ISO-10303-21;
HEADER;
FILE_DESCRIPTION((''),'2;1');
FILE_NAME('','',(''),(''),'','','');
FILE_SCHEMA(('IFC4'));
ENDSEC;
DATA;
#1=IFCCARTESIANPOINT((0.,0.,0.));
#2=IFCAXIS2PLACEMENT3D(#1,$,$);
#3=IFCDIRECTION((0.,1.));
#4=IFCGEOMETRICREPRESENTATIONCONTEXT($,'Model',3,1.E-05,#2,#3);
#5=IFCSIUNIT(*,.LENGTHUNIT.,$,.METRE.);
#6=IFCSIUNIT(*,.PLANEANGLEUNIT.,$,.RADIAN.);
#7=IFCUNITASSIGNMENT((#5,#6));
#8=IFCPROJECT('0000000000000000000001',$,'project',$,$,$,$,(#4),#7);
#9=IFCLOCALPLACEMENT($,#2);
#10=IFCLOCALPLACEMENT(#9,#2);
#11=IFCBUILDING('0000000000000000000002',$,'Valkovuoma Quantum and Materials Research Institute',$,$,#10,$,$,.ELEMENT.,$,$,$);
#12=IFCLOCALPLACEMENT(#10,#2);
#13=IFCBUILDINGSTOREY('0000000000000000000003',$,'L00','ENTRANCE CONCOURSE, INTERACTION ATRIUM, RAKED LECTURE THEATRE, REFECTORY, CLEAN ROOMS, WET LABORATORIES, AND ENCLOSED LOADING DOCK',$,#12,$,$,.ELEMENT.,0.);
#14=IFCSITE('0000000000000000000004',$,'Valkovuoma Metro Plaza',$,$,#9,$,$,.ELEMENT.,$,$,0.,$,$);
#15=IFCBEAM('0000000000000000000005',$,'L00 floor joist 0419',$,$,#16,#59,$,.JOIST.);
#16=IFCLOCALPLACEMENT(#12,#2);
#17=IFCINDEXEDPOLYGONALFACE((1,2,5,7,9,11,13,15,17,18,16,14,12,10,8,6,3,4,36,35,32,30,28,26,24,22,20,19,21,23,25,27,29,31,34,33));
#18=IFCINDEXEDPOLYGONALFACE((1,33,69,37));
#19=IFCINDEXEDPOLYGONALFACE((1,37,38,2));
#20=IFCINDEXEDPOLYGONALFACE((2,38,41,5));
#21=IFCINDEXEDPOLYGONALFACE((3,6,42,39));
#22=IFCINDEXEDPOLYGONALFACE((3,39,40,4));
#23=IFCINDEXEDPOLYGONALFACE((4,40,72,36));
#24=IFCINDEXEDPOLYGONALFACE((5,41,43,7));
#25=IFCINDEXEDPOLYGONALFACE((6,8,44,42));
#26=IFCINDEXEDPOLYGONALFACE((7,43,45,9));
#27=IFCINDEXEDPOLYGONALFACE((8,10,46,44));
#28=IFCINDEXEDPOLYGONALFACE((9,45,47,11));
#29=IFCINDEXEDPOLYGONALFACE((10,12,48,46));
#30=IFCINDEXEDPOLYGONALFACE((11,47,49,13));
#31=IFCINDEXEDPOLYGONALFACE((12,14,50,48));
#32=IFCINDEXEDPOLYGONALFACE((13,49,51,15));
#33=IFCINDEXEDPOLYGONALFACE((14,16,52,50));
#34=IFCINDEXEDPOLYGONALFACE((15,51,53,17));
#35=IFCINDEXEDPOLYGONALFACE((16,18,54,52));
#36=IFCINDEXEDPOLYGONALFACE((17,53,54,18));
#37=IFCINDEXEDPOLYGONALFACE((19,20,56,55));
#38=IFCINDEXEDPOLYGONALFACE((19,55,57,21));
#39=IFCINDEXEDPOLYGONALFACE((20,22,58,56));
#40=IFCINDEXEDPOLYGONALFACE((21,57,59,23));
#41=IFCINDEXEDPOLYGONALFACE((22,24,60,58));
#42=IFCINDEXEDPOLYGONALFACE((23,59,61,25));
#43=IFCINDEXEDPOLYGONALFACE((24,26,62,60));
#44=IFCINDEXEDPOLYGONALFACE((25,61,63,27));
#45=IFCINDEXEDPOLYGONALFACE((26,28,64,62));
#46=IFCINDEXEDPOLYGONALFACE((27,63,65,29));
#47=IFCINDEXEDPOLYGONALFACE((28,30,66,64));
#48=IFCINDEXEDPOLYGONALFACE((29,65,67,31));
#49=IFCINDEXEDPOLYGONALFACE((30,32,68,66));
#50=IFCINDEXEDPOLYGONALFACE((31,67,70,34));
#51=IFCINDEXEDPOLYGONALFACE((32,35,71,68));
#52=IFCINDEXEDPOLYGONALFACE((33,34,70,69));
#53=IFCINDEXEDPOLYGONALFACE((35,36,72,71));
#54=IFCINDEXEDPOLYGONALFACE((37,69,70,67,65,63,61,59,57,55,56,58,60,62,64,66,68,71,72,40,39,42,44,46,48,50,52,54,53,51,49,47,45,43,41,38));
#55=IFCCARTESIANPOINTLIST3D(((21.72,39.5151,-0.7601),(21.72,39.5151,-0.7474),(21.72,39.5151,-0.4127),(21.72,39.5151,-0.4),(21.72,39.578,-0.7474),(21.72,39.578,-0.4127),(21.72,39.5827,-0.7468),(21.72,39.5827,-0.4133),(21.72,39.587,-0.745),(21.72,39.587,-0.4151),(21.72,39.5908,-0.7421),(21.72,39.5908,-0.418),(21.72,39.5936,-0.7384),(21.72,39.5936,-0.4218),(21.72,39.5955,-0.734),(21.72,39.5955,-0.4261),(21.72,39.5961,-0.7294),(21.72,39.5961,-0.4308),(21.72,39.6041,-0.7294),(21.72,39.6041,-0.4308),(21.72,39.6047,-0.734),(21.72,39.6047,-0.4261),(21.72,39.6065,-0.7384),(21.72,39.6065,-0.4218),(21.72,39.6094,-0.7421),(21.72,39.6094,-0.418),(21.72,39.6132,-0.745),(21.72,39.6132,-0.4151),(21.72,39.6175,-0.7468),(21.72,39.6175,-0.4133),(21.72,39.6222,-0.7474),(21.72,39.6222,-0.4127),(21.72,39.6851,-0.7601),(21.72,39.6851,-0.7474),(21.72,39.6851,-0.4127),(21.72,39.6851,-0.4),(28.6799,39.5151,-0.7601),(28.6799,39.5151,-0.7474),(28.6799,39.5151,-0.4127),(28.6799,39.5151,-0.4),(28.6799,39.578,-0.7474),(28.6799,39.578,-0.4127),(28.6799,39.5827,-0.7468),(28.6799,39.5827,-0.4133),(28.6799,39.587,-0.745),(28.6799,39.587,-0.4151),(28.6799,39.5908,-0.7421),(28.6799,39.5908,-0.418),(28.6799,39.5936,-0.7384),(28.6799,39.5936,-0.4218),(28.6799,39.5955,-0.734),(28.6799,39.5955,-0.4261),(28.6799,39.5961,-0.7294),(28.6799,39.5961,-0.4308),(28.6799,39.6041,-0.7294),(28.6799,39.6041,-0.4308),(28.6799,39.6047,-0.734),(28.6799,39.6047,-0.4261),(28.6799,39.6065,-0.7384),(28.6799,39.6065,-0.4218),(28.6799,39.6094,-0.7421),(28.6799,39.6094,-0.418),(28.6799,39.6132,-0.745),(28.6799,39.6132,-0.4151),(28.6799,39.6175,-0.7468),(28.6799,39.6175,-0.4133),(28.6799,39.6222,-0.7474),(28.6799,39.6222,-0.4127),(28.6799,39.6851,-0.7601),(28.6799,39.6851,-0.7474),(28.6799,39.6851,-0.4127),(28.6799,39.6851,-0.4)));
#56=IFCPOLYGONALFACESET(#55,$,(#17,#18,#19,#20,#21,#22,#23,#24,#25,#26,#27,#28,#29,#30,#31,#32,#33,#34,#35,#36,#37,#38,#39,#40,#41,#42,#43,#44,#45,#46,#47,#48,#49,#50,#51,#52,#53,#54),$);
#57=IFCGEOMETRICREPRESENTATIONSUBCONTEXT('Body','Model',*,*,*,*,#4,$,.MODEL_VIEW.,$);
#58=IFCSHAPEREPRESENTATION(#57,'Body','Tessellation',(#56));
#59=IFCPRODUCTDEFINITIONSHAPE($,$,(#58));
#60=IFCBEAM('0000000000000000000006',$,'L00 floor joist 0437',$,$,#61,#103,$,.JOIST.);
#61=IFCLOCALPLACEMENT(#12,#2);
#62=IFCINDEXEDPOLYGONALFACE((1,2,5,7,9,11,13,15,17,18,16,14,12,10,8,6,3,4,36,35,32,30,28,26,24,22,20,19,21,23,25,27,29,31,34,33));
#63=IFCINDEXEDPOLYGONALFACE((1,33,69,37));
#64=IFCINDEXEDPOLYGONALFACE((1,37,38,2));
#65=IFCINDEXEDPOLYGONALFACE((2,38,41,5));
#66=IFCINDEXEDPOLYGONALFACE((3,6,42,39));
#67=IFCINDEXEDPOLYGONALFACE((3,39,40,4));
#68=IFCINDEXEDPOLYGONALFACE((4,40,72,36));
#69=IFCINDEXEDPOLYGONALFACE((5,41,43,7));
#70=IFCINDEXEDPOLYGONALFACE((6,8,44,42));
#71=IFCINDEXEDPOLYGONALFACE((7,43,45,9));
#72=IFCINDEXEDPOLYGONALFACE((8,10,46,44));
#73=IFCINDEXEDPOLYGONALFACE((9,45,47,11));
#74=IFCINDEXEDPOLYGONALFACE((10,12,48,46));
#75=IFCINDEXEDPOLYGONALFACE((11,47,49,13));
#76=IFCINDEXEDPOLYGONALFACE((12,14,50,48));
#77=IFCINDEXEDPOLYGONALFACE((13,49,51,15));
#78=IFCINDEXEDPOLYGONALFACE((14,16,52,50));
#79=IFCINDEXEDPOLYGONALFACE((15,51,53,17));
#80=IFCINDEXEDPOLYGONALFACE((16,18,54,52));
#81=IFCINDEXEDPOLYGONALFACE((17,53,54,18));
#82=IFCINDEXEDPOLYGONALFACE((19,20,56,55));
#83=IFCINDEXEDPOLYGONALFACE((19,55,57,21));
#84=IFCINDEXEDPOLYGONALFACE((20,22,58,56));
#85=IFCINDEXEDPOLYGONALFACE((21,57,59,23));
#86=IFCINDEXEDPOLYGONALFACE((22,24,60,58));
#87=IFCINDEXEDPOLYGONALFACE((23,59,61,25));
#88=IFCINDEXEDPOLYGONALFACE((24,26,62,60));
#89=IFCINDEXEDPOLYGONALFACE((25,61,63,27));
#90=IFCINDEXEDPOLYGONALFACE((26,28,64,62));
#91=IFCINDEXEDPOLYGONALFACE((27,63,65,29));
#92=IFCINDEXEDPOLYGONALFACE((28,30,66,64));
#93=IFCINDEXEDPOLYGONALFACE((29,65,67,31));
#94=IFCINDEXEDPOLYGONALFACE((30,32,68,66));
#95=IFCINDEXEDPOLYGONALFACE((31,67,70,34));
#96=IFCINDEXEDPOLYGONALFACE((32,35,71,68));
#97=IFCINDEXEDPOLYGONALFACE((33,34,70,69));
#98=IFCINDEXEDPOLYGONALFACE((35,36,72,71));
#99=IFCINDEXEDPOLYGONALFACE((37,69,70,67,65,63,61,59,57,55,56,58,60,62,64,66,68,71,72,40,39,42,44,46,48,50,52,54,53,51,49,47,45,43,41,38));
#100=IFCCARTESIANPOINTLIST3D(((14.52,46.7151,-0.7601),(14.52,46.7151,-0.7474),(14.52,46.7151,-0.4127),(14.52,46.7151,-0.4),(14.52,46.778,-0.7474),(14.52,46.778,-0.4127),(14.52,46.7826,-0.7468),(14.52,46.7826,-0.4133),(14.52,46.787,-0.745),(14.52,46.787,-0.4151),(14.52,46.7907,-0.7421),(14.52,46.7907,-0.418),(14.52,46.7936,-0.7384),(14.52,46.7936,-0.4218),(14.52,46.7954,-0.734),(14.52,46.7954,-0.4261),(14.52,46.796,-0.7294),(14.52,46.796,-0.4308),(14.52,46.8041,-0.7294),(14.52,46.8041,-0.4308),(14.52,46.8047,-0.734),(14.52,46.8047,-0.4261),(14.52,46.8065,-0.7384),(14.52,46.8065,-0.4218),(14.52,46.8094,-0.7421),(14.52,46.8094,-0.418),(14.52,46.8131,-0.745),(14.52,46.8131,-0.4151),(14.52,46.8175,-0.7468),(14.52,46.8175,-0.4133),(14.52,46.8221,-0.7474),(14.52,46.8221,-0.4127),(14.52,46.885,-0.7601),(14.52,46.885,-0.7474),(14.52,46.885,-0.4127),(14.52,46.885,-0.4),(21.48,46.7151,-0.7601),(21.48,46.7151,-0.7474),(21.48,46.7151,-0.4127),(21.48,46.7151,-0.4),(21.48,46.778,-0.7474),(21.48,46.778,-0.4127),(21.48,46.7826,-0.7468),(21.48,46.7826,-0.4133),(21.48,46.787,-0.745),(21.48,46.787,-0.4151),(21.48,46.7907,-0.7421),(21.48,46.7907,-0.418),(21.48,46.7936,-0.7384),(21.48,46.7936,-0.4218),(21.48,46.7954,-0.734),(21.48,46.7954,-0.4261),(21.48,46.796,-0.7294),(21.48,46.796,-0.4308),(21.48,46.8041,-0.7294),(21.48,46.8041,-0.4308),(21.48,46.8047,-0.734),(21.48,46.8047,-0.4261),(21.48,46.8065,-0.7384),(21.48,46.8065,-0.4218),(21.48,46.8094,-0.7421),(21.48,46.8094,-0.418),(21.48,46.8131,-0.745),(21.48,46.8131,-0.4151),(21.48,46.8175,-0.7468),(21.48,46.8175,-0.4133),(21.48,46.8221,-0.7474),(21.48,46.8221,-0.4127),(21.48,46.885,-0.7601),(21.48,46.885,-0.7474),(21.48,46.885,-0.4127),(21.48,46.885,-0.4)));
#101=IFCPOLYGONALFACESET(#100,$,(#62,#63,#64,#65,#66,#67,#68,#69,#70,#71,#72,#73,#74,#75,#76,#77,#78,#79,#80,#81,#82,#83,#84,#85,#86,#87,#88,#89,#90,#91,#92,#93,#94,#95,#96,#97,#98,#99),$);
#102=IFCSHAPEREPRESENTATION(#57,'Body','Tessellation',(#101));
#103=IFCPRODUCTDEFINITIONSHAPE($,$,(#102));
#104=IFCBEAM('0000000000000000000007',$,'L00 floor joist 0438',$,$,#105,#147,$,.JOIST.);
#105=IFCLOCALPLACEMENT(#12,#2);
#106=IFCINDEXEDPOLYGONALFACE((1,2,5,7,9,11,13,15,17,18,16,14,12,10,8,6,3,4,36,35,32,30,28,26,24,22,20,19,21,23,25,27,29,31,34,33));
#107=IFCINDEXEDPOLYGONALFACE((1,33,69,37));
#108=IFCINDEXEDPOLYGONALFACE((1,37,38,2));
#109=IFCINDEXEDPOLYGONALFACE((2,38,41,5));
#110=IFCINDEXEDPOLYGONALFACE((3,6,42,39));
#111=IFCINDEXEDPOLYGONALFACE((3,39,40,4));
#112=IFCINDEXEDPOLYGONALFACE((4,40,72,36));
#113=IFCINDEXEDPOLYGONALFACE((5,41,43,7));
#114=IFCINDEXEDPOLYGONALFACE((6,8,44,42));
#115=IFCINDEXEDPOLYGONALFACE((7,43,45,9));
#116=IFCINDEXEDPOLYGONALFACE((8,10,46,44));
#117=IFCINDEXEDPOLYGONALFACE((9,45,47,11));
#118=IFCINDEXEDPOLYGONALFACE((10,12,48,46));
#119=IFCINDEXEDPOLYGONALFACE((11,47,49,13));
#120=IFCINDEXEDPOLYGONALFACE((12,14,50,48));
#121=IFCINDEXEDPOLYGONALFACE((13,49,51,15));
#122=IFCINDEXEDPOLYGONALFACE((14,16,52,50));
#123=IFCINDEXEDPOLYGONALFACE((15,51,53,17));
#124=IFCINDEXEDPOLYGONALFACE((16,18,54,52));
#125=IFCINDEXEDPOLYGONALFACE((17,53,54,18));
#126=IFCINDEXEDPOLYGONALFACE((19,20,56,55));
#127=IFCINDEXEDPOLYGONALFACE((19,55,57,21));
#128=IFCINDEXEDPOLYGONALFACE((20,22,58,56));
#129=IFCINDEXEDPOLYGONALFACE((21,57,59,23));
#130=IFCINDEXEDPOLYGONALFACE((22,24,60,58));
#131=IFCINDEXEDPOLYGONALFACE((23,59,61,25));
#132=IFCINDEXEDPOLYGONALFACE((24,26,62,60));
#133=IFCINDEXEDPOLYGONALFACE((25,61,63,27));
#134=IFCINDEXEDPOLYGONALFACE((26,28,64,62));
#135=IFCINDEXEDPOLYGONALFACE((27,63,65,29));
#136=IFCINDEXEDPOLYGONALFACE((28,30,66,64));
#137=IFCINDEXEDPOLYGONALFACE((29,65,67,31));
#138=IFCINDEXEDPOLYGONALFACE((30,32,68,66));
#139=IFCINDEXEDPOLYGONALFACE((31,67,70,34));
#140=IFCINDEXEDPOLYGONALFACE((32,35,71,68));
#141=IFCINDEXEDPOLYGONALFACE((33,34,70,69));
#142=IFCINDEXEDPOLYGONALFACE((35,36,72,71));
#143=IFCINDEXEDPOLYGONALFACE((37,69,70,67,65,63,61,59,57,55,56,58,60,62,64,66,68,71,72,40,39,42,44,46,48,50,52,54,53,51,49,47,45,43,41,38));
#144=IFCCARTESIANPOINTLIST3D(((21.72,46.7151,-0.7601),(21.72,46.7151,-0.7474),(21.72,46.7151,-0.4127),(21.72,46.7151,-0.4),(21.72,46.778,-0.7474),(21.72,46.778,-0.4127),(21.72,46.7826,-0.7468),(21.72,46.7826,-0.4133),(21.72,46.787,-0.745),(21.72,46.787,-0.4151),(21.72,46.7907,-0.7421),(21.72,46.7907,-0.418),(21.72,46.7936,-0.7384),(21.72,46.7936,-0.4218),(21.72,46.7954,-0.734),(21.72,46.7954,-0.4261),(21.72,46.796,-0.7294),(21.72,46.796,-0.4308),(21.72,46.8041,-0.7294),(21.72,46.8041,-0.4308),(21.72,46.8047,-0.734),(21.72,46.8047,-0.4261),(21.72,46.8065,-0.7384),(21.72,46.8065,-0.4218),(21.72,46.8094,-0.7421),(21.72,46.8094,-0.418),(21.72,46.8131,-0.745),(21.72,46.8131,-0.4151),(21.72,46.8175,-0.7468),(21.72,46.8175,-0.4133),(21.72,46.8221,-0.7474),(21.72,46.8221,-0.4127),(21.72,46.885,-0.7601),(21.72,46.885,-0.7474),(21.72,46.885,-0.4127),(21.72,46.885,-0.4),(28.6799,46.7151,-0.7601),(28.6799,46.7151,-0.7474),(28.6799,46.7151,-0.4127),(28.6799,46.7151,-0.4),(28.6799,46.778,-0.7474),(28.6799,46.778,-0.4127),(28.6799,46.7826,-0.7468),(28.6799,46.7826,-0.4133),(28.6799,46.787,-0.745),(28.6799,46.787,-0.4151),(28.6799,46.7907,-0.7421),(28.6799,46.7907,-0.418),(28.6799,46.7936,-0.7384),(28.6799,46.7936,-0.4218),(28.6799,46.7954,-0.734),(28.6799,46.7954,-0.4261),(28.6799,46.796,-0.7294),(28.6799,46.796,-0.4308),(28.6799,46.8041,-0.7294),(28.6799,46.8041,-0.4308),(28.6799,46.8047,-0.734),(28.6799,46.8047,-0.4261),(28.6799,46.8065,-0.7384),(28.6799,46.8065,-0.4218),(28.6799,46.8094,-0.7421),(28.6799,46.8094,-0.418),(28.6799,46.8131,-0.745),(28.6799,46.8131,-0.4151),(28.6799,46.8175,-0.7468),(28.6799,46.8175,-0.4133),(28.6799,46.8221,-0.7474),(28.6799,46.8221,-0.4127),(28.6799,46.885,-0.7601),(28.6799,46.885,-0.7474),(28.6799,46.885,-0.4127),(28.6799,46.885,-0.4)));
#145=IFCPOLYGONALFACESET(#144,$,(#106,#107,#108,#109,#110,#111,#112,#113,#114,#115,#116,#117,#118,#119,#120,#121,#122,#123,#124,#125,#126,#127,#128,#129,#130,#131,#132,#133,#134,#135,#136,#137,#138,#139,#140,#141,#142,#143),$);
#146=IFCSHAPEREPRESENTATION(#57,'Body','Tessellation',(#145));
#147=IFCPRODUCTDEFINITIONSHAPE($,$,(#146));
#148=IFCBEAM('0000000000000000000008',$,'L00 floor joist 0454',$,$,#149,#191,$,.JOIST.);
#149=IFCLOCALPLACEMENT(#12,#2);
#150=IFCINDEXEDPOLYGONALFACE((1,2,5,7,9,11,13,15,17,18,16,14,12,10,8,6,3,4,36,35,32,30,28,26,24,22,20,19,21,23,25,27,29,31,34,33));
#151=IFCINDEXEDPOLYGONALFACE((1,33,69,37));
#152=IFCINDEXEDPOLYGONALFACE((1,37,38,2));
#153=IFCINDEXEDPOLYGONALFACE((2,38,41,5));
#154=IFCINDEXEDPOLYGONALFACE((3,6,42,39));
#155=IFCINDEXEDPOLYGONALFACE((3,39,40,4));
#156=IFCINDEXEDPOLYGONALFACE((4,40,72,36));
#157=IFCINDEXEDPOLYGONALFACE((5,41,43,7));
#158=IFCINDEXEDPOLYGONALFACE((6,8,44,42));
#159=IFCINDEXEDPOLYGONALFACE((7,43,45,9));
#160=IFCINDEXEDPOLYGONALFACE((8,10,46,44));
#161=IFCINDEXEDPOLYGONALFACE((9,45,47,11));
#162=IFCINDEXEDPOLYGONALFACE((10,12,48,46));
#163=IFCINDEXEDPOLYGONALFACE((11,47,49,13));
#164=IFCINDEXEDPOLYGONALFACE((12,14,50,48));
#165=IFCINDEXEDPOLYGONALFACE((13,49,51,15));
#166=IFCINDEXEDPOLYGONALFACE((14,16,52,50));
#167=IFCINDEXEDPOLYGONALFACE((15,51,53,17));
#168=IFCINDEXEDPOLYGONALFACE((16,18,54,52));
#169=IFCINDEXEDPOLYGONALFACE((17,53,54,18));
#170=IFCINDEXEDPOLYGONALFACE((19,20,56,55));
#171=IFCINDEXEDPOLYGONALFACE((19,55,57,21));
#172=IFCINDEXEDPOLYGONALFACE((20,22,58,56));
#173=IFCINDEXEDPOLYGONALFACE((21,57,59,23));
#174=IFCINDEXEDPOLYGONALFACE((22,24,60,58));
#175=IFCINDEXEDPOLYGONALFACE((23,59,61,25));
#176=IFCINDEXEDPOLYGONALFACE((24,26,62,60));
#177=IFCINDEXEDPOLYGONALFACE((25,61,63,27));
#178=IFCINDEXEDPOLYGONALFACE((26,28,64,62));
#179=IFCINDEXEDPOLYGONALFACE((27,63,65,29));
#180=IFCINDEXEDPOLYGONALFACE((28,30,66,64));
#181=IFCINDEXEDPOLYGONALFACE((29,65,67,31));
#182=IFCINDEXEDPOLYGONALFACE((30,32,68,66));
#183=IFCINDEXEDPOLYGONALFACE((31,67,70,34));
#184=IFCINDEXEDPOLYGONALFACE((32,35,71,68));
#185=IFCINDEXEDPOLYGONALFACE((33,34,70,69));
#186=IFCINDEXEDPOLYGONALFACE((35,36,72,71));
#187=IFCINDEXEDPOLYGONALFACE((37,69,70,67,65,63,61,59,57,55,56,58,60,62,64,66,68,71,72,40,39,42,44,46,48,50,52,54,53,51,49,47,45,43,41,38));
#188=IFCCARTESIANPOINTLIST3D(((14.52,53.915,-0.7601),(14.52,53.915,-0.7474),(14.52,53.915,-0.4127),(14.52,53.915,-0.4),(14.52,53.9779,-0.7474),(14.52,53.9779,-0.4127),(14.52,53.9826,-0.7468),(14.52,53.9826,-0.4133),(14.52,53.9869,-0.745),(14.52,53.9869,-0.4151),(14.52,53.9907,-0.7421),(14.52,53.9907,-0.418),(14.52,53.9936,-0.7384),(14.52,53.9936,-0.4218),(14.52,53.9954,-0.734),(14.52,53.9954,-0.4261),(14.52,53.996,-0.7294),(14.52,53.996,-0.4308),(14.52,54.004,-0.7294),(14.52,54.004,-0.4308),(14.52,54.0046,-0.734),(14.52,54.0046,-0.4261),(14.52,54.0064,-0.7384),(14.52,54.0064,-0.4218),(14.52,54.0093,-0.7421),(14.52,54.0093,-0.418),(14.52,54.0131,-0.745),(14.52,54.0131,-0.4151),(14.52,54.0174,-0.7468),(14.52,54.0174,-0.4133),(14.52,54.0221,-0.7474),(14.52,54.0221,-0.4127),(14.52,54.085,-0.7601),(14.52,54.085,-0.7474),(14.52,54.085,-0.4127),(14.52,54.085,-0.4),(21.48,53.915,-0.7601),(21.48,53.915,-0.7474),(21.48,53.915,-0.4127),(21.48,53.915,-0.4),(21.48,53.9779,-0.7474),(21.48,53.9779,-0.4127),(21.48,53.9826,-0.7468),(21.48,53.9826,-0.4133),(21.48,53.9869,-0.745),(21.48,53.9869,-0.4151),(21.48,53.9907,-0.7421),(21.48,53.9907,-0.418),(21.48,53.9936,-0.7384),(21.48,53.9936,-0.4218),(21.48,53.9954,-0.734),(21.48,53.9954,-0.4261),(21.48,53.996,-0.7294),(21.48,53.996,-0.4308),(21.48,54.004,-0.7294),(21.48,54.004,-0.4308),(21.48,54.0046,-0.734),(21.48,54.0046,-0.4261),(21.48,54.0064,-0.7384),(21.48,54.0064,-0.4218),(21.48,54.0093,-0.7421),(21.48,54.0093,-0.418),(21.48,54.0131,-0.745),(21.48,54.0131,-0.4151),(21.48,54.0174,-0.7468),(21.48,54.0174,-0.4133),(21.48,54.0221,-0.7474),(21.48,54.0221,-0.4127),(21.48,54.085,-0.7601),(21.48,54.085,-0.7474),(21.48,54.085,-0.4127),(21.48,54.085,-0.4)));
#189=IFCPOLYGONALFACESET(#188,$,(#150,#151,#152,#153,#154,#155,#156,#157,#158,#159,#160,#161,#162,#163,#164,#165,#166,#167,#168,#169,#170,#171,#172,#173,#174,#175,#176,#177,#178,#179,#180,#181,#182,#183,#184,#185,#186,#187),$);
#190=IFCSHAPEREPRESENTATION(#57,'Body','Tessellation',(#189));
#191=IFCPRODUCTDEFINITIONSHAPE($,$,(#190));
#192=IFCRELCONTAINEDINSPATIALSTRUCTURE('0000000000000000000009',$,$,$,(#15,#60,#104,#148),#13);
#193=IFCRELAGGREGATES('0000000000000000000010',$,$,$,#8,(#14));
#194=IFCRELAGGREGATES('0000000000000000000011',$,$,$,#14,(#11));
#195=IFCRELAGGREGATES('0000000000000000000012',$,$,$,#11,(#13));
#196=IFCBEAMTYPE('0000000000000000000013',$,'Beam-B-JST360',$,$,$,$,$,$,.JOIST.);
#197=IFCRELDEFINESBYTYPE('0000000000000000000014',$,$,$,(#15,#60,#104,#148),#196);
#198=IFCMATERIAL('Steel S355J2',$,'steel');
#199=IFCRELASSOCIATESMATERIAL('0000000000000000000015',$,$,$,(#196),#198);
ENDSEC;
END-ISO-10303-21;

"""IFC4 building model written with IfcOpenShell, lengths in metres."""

from ifc_helpers import new_model, si_unit, direction, frame, origin, origin_2d, place, context, subcontext, project, spatial, i_section, extrude, material, material_profile, profile_set, type_object, element, save


model = new_model("IFC4")

# Units and contexts
model_context = context("Model", 3, precision=1e-05, world=origin(), true_north=direction((0.0, 1.0)))
body_context = subcontext(model_context, "Body", "Model", "MODEL_VIEW")
ifc_project = project(units=[si_unit("LENGTHUNIT", "METRE"), si_unit("PLANEANGLEUNIT", "RADIAN")], contexts=[model_context])

# Site, building, storey
site_placement = place(None, origin())
site = spatial("IfcSite", under=ifc_project, at=site_placement, Name="Valkovuoma Metro Plaza", CompositionType="ELEMENT", RefElevation=0.0)
building_placement = place(site_placement, origin())
building = spatial("IfcBuilding", under=site, at=building_placement, Name="Valkovuoma Quantum and Materials Research Institute", CompositionType="ELEMENT")
storey_placement = place(building_placement, origin())
storey = spatial("IfcBuildingStorey", under=building, at=storey_placement, Name="L00", Description="ENTRANCE CONCOURSE, INTERACTION ATRIUM, RAKED LECTURE THEATRE, REFECTORY, CLEAN ROOMS, WET LABORATORIES, AND ENCLOSED LOADING DOCK", CompositionType="ELEMENT", Elevation=0.0)

# Beams
ifc_material_1 = material(Name="Steel S355J2", Category="steel")
ifc_material_profile_1 = material_profile(ifc_material_1, i_section(OverallWidth=0.1699, OverallDepth=0.3601, WebThickness=0.0081, FlangeThickness=0.0127, FilletRadius=0.0181, at=origin_2d()), Name="Steel S355J2")
ifc_profile_set_1 = profile_set([ifc_material_profile_1], Name="Steel S355J2")
beam_type_1 = type_object("IfcBeamType", Name="Beam-B-JST360", PredefinedType="JOIST", material=ifc_profile_set_1)
for number, where, z_axis, x_axis, name in (
    (1, (21.72, 39.6001, -0.5801), (1.0, 0.0, 0.0), (0.0, 1.0, 0.0), "L00 floor joist 0419"),
    (2, (14.52, 46.8, -0.5801), (1.0, 0.0, 0.0), (0.0, 1.0, 0.0), "L00 floor joist 0437"),
    (3, (21.72, 46.8, -0.5801), (1.0, 0.0, 0.0), (0.0, 1.0, 0.0), "L00 floor joist 0438"),
    (4, (14.52, 54.0, -0.5801), (1.0, 0.0, 0.0), (0.0, 1.0, 0.0), "L00 floor joist 0454"),
):
    element("IfcBeam", number, at=place(storey_placement, frame(where, z_axis=z_axis, x_axis=x_axis)), inside=storey, type_object=beam_type_1, Name=name, PredefinedType="JOIST", context=body_context, shape_type="SweptSolid", body=[
        extrude(i_section(OverallWidth=0.1699, OverallDepth=0.3601, WebThickness=0.0081, FlangeThickness=0.0127, FilletRadius=0.0181, at=origin_2d()), origin(), (0.0, 0.0, 1.0), 6.96),
    ])

save(model, "model.ifc")
